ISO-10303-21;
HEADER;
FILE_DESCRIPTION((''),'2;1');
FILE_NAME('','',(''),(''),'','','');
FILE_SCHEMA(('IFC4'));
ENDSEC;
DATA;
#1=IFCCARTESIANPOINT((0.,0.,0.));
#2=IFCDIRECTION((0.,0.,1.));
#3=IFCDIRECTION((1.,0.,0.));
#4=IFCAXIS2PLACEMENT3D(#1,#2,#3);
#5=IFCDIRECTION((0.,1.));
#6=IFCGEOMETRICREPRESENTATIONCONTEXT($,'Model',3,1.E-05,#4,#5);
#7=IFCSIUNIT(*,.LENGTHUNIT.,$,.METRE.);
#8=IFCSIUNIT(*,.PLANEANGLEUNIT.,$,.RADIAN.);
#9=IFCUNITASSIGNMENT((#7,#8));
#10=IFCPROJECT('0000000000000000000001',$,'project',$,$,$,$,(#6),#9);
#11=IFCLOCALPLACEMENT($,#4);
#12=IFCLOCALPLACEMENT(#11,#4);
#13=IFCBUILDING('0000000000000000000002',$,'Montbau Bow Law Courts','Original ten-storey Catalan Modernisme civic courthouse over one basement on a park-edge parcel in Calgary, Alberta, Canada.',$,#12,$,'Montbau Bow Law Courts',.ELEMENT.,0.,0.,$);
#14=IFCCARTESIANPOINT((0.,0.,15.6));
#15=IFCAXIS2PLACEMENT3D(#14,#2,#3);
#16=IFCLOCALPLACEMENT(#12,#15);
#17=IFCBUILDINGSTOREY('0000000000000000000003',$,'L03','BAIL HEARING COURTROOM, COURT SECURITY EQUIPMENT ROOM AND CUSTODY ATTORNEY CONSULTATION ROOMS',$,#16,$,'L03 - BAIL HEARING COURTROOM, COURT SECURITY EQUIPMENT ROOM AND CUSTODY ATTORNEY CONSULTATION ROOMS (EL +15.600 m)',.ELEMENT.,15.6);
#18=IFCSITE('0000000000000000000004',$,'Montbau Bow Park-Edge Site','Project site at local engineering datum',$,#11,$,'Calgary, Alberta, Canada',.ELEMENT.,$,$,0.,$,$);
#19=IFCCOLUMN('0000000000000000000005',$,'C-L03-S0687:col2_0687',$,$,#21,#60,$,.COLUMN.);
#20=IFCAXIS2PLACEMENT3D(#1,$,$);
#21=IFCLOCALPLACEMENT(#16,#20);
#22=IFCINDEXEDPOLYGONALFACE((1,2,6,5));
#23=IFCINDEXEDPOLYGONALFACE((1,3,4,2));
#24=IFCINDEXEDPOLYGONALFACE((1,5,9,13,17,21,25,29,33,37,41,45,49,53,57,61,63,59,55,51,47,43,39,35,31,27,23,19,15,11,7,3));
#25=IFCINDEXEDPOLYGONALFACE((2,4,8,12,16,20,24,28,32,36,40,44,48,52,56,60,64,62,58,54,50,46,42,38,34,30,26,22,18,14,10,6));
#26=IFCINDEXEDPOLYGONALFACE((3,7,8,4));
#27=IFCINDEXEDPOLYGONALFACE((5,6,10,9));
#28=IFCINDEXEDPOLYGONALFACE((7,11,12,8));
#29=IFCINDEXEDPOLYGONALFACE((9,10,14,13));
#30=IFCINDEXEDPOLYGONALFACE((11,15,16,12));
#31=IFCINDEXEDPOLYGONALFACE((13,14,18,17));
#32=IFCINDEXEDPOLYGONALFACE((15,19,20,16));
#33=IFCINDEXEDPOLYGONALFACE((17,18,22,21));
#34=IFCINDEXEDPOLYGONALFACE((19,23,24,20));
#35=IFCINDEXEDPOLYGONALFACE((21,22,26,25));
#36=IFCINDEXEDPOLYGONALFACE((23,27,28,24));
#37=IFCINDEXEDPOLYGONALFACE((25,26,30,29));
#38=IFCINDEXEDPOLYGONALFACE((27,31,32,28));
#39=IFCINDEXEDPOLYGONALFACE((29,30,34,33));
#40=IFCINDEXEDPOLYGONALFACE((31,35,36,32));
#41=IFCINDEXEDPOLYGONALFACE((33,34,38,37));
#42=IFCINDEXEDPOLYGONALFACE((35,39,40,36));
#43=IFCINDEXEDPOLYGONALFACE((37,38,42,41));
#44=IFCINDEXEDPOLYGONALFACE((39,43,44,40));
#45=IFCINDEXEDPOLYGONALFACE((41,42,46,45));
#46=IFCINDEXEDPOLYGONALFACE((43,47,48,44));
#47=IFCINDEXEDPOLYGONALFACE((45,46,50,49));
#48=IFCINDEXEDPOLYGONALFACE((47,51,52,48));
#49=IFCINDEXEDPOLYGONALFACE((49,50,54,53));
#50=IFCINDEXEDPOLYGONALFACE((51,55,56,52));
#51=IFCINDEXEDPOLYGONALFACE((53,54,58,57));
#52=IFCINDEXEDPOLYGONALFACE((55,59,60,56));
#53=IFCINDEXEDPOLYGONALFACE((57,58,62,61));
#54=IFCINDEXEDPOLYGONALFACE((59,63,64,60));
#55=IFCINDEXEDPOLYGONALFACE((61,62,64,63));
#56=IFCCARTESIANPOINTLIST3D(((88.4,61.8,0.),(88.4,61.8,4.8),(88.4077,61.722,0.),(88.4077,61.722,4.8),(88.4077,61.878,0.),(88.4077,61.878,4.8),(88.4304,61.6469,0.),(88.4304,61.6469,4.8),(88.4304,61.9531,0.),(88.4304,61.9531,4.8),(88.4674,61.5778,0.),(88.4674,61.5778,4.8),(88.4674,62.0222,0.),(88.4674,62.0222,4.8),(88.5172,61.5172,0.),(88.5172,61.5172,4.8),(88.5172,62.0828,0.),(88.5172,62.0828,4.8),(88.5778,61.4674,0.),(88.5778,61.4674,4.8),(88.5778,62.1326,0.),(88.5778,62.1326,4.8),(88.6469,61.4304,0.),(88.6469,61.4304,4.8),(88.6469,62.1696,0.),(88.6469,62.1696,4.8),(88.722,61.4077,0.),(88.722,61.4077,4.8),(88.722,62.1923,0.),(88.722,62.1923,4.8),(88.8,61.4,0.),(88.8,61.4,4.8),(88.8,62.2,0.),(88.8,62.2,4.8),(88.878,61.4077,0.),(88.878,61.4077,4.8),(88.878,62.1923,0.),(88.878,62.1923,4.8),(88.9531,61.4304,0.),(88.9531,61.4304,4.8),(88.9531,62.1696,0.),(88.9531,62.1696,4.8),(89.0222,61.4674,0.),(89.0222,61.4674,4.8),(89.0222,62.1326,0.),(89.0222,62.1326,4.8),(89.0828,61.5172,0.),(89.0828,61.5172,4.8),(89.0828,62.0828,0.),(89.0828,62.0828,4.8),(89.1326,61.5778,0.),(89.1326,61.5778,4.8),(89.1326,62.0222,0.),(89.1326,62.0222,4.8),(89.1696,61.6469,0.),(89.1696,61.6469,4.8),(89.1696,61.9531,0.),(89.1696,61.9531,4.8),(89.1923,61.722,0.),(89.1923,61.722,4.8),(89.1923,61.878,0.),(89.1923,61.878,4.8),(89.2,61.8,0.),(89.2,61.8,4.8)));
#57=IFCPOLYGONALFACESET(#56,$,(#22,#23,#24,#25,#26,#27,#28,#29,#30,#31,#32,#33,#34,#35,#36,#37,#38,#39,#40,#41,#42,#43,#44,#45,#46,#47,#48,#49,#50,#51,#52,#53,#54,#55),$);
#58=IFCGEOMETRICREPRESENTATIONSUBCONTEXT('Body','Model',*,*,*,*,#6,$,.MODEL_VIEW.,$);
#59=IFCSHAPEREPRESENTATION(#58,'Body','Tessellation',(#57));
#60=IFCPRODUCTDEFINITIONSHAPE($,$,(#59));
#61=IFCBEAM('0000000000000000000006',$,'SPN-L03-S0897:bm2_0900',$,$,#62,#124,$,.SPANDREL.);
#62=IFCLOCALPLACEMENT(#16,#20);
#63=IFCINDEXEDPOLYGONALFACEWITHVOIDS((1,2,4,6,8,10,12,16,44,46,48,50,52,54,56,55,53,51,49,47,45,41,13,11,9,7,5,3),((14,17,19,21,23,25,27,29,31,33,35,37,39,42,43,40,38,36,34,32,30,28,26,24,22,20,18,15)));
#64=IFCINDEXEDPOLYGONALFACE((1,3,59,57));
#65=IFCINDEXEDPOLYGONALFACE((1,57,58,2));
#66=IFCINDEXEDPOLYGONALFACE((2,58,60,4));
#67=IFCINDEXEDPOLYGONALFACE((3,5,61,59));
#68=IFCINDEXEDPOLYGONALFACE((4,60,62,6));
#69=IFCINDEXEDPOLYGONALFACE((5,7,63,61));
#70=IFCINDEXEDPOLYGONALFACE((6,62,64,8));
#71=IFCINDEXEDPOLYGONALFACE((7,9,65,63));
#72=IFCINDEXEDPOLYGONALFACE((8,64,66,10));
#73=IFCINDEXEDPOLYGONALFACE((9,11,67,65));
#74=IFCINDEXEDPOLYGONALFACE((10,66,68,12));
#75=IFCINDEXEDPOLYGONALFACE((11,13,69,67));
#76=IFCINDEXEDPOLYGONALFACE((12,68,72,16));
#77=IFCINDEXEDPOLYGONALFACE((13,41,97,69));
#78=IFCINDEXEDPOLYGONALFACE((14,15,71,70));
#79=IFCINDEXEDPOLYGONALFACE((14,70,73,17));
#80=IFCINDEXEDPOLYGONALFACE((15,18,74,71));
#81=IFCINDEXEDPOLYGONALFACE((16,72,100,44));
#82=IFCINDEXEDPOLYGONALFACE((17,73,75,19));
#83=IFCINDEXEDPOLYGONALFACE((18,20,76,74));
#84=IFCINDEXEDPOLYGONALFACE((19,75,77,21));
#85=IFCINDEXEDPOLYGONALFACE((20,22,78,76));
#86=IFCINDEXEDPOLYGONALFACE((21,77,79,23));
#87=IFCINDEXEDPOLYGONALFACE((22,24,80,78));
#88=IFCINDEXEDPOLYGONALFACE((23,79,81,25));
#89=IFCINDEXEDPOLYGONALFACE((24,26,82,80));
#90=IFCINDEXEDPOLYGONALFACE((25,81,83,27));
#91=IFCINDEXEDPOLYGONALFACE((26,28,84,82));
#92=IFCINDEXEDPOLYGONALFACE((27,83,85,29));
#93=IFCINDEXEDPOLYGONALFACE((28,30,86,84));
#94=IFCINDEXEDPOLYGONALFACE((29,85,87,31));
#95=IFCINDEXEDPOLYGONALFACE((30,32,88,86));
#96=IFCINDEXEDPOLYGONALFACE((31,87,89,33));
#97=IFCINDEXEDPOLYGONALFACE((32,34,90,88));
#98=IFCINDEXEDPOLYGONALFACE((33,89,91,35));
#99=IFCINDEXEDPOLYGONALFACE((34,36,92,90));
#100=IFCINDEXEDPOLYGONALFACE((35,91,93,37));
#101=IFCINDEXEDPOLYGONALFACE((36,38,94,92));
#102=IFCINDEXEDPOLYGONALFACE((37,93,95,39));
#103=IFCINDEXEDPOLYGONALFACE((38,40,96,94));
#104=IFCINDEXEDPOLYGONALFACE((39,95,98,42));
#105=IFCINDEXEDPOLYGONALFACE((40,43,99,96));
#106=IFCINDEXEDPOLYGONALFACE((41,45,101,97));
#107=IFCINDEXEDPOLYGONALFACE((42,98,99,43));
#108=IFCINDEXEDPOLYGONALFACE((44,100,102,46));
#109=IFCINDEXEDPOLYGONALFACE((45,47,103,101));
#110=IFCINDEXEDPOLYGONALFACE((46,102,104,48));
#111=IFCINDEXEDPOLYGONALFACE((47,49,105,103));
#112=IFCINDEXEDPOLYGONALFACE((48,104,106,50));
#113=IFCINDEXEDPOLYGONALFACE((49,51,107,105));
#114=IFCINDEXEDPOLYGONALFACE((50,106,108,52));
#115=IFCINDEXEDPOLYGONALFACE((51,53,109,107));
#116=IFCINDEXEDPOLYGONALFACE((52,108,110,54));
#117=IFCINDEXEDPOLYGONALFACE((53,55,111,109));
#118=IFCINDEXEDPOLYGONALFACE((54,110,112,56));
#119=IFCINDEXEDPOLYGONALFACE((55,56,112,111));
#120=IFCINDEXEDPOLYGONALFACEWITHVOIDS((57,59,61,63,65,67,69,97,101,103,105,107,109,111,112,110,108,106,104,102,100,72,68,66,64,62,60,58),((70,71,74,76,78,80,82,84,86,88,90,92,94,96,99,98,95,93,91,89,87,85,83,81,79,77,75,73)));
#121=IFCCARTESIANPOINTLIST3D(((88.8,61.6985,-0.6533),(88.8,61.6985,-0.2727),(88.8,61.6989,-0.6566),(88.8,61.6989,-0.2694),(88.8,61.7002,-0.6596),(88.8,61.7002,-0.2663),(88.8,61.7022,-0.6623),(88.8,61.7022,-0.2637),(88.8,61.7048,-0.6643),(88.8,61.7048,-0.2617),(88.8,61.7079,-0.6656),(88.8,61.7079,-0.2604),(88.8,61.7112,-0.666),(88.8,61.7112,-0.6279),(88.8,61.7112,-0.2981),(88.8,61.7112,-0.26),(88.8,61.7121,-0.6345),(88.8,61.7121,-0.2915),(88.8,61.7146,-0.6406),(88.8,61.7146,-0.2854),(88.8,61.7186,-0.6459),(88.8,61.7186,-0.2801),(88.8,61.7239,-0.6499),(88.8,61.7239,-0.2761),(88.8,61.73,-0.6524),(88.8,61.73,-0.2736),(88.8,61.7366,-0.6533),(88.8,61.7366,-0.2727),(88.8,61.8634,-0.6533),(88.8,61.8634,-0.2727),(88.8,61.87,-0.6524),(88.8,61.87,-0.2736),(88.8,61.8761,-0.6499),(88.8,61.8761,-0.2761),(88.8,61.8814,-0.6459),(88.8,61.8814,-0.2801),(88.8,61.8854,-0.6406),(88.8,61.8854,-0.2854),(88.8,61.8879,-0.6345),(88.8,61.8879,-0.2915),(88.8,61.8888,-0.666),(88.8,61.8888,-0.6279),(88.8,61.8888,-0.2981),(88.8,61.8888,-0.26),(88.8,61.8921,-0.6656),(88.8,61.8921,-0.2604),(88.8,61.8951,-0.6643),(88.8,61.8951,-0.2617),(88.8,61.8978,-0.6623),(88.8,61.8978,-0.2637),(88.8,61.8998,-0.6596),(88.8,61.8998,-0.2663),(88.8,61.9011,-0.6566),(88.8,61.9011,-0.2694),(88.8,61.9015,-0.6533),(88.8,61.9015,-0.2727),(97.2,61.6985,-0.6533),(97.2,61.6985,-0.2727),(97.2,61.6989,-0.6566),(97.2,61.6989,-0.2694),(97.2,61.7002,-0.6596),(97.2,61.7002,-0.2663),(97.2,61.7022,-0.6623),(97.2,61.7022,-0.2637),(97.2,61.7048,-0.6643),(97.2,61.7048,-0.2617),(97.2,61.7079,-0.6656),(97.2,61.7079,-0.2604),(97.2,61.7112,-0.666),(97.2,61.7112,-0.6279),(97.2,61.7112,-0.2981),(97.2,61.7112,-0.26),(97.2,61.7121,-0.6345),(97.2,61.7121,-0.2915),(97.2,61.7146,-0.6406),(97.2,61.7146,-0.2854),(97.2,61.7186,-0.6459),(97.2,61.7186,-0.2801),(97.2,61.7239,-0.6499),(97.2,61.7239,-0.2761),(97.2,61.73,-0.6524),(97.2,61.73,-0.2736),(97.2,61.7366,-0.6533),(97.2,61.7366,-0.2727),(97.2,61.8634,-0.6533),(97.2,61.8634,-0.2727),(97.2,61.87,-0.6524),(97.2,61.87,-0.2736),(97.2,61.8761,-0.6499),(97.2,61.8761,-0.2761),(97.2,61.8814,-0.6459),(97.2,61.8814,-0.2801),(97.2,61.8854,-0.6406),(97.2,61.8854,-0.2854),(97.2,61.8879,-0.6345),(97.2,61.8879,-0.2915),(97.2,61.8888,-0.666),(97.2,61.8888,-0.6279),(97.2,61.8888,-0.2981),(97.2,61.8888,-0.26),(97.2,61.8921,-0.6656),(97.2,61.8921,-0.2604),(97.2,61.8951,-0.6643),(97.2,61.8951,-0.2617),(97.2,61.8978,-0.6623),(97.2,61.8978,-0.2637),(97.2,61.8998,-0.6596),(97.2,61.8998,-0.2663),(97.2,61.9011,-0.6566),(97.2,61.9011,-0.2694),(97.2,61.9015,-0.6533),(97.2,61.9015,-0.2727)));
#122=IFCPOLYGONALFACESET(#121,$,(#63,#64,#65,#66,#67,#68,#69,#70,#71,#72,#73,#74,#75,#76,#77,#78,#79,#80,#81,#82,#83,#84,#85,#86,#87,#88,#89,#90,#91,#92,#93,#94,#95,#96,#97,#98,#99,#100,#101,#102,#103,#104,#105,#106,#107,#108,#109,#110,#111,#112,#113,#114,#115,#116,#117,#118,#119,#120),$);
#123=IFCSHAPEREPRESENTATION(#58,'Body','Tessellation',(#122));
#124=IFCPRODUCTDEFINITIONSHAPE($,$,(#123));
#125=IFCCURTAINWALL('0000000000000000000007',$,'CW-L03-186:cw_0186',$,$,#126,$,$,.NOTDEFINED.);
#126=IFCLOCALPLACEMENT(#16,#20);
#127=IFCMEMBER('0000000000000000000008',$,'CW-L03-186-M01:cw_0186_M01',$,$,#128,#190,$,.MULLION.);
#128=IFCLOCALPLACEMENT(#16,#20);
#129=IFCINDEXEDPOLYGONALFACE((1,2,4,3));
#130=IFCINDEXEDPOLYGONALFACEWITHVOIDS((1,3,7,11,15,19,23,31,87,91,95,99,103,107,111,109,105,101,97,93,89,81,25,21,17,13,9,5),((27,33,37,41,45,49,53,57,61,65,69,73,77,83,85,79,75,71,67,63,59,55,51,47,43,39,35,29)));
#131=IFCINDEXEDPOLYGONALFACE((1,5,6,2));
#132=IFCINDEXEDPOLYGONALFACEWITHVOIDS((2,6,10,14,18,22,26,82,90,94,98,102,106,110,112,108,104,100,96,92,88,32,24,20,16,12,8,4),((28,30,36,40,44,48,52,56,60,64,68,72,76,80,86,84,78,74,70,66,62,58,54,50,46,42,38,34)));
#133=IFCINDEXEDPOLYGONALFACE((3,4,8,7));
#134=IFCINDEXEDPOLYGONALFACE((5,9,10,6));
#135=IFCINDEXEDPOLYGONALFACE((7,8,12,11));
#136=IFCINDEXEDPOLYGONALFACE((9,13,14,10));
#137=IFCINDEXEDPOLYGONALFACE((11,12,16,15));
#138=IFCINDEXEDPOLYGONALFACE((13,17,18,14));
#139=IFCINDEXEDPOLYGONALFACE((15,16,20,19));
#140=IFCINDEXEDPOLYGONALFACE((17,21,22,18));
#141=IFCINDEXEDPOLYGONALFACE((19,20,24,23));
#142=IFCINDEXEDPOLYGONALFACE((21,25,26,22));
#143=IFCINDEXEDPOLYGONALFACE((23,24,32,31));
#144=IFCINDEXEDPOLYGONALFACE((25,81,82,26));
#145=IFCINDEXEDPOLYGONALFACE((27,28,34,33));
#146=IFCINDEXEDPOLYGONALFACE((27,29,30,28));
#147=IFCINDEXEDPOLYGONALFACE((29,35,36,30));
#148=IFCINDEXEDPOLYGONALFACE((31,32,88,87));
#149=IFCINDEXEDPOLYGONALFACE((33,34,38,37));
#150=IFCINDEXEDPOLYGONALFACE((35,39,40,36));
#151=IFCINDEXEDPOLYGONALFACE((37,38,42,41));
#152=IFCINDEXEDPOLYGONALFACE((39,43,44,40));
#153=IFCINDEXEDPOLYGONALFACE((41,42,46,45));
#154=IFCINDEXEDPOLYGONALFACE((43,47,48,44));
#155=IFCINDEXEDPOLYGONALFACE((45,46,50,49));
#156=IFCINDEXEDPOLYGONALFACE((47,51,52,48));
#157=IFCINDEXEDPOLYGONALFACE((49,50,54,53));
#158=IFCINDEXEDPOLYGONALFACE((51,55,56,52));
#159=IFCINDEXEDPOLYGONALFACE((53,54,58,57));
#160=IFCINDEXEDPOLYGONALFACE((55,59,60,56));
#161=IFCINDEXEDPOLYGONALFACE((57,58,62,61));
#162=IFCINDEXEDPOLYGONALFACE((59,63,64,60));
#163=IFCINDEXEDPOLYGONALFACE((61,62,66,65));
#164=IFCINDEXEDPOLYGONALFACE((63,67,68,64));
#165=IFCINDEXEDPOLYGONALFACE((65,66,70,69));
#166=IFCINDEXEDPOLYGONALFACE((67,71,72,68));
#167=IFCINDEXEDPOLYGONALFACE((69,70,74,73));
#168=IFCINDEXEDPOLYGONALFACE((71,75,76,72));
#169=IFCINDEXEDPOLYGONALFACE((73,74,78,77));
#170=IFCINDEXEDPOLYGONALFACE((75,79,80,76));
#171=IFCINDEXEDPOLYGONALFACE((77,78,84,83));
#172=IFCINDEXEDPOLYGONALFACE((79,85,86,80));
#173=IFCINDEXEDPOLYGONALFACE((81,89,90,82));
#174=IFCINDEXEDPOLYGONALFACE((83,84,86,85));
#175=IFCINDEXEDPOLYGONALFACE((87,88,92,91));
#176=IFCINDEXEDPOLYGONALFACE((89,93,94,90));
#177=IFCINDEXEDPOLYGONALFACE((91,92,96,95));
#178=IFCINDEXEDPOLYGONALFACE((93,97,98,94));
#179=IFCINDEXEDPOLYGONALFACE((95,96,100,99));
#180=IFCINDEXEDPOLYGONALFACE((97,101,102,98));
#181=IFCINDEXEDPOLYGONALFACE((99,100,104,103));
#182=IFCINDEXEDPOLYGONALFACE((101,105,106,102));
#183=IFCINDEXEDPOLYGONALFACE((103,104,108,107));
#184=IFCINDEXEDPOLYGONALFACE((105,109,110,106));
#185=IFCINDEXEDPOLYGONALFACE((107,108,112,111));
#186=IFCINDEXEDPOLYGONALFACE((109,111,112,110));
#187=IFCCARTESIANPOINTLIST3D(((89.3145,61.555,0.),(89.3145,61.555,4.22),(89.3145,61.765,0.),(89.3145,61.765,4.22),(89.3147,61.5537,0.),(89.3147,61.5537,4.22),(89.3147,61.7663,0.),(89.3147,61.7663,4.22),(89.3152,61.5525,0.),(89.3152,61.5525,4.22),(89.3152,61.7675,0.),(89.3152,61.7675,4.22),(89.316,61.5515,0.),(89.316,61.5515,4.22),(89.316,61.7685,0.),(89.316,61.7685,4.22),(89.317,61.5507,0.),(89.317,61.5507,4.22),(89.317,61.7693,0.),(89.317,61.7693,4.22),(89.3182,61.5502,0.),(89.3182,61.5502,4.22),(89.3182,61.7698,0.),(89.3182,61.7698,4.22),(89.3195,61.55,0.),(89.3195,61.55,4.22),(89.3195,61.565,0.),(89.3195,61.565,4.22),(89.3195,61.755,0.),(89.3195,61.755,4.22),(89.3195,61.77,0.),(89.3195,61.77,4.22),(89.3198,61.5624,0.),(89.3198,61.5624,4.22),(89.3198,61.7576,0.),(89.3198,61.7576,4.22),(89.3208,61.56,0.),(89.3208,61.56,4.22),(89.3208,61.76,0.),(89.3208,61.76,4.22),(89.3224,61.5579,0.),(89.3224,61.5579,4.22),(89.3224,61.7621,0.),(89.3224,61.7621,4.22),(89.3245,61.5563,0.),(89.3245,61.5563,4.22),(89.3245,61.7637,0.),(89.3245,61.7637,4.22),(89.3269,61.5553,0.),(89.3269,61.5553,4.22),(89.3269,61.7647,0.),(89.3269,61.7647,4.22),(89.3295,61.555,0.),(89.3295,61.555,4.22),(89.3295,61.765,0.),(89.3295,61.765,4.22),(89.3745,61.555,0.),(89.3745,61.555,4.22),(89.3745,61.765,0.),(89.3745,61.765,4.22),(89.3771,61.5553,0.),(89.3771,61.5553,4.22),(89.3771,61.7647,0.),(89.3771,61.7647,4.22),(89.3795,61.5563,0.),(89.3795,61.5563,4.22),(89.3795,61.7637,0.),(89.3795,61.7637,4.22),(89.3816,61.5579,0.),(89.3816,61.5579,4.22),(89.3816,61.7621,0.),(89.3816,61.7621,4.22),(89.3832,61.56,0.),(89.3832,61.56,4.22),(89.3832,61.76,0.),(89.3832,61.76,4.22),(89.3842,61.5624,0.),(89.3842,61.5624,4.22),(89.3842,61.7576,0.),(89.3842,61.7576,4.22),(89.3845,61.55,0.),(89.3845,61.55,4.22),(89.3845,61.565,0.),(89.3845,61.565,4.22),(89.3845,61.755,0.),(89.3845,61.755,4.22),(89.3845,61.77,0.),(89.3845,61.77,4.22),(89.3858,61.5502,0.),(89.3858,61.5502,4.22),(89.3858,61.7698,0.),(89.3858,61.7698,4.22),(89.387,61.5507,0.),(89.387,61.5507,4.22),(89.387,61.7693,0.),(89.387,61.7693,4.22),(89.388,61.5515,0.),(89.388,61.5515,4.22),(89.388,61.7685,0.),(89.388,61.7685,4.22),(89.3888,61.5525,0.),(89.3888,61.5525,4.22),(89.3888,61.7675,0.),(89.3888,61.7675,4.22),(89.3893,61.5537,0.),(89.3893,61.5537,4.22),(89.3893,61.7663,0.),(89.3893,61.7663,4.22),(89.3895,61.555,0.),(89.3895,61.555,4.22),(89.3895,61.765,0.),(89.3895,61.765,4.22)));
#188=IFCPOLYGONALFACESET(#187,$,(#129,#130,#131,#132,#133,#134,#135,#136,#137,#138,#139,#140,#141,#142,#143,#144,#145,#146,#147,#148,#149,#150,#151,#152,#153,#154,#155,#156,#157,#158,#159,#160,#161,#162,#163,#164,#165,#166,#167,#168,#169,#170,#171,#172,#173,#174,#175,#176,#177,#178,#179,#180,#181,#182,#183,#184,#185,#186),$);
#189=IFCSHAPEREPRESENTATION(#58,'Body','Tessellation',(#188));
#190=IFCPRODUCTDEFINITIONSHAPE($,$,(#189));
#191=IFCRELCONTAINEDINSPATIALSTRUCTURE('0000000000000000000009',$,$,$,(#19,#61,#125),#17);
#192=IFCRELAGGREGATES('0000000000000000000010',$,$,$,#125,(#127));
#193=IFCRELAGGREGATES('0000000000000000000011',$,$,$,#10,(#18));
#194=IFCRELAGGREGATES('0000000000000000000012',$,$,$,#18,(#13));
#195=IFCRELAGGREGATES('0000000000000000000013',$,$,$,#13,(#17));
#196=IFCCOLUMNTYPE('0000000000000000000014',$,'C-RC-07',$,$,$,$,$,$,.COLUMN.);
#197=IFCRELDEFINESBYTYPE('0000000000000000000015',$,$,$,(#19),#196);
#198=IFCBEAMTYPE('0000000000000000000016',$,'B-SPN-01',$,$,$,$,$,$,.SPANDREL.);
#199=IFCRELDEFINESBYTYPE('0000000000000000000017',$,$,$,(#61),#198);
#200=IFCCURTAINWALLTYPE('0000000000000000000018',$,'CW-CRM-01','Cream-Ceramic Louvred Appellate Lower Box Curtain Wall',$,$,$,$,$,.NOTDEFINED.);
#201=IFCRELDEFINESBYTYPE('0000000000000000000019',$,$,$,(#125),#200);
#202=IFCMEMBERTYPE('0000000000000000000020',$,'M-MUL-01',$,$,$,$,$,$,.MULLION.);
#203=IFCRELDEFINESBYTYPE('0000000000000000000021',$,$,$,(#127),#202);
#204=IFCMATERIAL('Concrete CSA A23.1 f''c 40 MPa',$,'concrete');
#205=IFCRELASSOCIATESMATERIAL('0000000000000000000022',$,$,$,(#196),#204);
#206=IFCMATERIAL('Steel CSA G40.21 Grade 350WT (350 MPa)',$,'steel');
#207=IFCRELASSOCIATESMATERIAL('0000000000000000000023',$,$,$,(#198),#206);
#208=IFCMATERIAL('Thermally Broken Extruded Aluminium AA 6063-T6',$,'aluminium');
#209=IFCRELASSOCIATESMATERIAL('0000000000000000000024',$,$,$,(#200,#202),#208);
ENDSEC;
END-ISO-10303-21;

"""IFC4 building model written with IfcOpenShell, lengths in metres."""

from ifc_helpers import new_model, si_unit, direction, frame, origin_with_axes, origin_2d_with_axis, place, context, subcontext, project, spatial, hollow_rectangle, circle, extrude, material, material_profile, profile_set, type_object, element, aggregate, save


model = new_model("IFC4")

# Units and contexts
model_context = context("Model", 3, precision=1e-05, world=origin_with_axes(), true_north=direction((0.0, 1.0)))
body_context = subcontext(model_context, "Body", "Model", "MODEL_VIEW")
ifc_project = project(units=[si_unit("LENGTHUNIT", "METRE"), si_unit("PLANEANGLEUNIT", "RADIAN")], contexts=[model_context])

# Site, building, storey
site_placement = place(None, origin_with_axes())
site = spatial("IfcSite", under=ifc_project, at=site_placement, Name="Montbau Bow Park-Edge Site", Description="Project site at local engineering datum", LongName="Calgary, Alberta, Canada", CompositionType="ELEMENT", RefElevation=0.0)
building_placement = place(site_placement, origin_with_axes())
building = spatial("IfcBuilding", under=site, at=building_placement, Name="Montbau Bow Law Courts", Description="Original ten-storey Catalan Modernisme civic courthouse over one basement on a park-edge parcel in Calgary, Alberta, Canada.", LongName="Montbau Bow Law Courts", CompositionType="ELEMENT", ElevationOfRefHeight=0.0, ElevationOfTerrain=0.0)
storey_placement = place(building_placement, frame((0.0, 0.0, 15.6), z_axis=(0.0, 0.0, 1.0), x_axis=(1.0, 0.0, 0.0)))
storey = spatial("IfcBuildingStorey", under=building, at=storey_placement, Name="L03", Description="BAIL HEARING COURTROOM, COURT SECURITY EQUIPMENT ROOM AND CUSTODY ATTORNEY CONSULTATION ROOMS", LongName="L03 - BAIL HEARING COURTROOM, COURT SECURITY EQUIPMENT ROOM AND CUSTODY ATTORNEY CONSULTATION ROOMS (EL +15.600 m)", CompositionType="ELEMENT", Elevation=15.6)

# Column
ifc_material_1 = material(Name="Concrete CSA A23.1 f'c 40 MPa", Category="concrete")
ifc_material_profile_1 = material_profile(ifc_material_1, circle(Radius=0.4, at=origin_2d_with_axis()), Name="RC800D", Category="Main", Priority=0)
ifc_profile_set_1 = profile_set([ifc_material_profile_1], Name="Concrete CSA A23.1 f'c 40 MPa")
column_type = type_object("IfcColumnType", Name="C-RC-07", PredefinedType="COLUMN", material=ifc_profile_set_1)
column_placement = place(None, frame((88.8, 61.8, 15.6), z_axis=(0.0, 0.0, 1.0), x_axis=(1.0, 0.0, 0.0)))
element("IfcColumn", 1, at=column_placement, inside=storey, type_object=column_type, Name="C-L03-S0687:col2_0687", PredefinedType="COLUMN", context=body_context, shape_type="SweptSolid", body=[
    extrude(circle(Radius=0.4, at=origin_2d_with_axis()), origin_with_axes(), (0.0, 0.0, 1.0), 4.8),
])

# Beam
ifc_material_2 = material(Name="Steel CSA G40.21 Grade 350WT (350 MPa)", Category="steel")
ifc_material_profile_2 = material_profile(ifc_material_2, hollow_rectangle(XDim=0.203, YDim=0.406, WallThickness=0.0127, InnerFilletRadius=0.0254, OuterFilletRadius=0.0127, at=origin_2d_with_axis()), Name="HSS406X203X13", Category="Main", Priority=0)
ifc_profile_set_2 = profile_set([ifc_material_profile_2], Name="Steel CSA G40.21 Grade 350WT (350 MPa)")
beam_type = type_object("IfcBeamType", Name="B-SPN-01", PredefinedType="SPANDREL", material=ifc_profile_set_2)
beam_placement = place(None, frame((88.8, 61.8, 15.137), z_axis=(1.0, 0.0, 0.0), x_axis=(0.0, 1.0, 0.0)))
element("IfcBeam", 2, at=beam_placement, inside=storey, type_object=beam_type, Name="SPN-L03-S0897:bm2_0900", PredefinedType="SPANDREL", context=body_context, shape_type="SweptSolid", body=[
    extrude(hollow_rectangle(XDim=0.203, YDim=0.406, WallThickness=0.0127, InnerFilletRadius=0.0254, OuterFilletRadius=0.0127, at=origin_2d_with_axis()), origin_with_axes(), (0.0, 0.0, 1.0), 8.4),
])

# Curtain wall, member
ifc_material_3 = material(Name="Thermally Broken Extruded Aluminium AA 6063-T6", Category="aluminium")
curtain_wall_type = type_object("IfcCurtainWallType", Name="CW-CRM-01", Description="Cream-Ceramic Louvred Appellate Lower Box Curtain Wall", PredefinedType="NOTDEFINED", material=ifc_material_3)
curtain_wall_1_placement = place(None, frame((89.315, 61.66, 15.6), z_axis=(0.0, 0.0, 1.0), x_axis=(1.0, 0.0, 0.0)))
curtain_wall_1 = element("IfcCurtainWall", 3, at=curtain_wall_1_placement, inside=storey, type_object=curtain_wall_type, Name="CW-L03-186:cw_0186", PredefinedType="NOTDEFINED")
ifc_material_profile_3 = material_profile(ifc_material_3, hollow_rectangle(XDim=0.075, YDim=0.22, WallThickness=0.005, InnerFilletRadius=0.01, OuterFilletRadius=0.005, at=origin_2d_with_axis()), Name="CWM-220X75", Category="Main", Priority=0)
ifc_profile_set_3 = profile_set([ifc_material_profile_3], Name="Thermally Broken Extruded Aluminium AA 6063-T6")
member_type_1 = type_object("IfcMemberType", Name="M-MUL-01", PredefinedType="MULLION", material=ifc_profile_set_3)
member_1_placement = place(None, frame((89.352, 61.66, 15.6), z_axis=(0.0, 0.0, 1.0), x_axis=(1.0, 0.0, 0.0)))
member_1 = element("IfcMember", 4, at=member_1_placement, type_object=member_type_1, Name="CW-L03-186-M01:cw_0186_M01", PredefinedType="MULLION", context=body_context, shape_type="SweptSolid", body=[
    extrude(hollow_rectangle(XDim=0.075, YDim=0.22, WallThickness=0.005, InnerFilletRadius=0.01, OuterFilletRadius=0.005, at=origin_2d_with_axis()), origin_with_axes(), (0.0, 0.0, 1.0), 4.22),
])

aggregate(curtain_wall_1, [member_1])

save(model, "model.ifc")
